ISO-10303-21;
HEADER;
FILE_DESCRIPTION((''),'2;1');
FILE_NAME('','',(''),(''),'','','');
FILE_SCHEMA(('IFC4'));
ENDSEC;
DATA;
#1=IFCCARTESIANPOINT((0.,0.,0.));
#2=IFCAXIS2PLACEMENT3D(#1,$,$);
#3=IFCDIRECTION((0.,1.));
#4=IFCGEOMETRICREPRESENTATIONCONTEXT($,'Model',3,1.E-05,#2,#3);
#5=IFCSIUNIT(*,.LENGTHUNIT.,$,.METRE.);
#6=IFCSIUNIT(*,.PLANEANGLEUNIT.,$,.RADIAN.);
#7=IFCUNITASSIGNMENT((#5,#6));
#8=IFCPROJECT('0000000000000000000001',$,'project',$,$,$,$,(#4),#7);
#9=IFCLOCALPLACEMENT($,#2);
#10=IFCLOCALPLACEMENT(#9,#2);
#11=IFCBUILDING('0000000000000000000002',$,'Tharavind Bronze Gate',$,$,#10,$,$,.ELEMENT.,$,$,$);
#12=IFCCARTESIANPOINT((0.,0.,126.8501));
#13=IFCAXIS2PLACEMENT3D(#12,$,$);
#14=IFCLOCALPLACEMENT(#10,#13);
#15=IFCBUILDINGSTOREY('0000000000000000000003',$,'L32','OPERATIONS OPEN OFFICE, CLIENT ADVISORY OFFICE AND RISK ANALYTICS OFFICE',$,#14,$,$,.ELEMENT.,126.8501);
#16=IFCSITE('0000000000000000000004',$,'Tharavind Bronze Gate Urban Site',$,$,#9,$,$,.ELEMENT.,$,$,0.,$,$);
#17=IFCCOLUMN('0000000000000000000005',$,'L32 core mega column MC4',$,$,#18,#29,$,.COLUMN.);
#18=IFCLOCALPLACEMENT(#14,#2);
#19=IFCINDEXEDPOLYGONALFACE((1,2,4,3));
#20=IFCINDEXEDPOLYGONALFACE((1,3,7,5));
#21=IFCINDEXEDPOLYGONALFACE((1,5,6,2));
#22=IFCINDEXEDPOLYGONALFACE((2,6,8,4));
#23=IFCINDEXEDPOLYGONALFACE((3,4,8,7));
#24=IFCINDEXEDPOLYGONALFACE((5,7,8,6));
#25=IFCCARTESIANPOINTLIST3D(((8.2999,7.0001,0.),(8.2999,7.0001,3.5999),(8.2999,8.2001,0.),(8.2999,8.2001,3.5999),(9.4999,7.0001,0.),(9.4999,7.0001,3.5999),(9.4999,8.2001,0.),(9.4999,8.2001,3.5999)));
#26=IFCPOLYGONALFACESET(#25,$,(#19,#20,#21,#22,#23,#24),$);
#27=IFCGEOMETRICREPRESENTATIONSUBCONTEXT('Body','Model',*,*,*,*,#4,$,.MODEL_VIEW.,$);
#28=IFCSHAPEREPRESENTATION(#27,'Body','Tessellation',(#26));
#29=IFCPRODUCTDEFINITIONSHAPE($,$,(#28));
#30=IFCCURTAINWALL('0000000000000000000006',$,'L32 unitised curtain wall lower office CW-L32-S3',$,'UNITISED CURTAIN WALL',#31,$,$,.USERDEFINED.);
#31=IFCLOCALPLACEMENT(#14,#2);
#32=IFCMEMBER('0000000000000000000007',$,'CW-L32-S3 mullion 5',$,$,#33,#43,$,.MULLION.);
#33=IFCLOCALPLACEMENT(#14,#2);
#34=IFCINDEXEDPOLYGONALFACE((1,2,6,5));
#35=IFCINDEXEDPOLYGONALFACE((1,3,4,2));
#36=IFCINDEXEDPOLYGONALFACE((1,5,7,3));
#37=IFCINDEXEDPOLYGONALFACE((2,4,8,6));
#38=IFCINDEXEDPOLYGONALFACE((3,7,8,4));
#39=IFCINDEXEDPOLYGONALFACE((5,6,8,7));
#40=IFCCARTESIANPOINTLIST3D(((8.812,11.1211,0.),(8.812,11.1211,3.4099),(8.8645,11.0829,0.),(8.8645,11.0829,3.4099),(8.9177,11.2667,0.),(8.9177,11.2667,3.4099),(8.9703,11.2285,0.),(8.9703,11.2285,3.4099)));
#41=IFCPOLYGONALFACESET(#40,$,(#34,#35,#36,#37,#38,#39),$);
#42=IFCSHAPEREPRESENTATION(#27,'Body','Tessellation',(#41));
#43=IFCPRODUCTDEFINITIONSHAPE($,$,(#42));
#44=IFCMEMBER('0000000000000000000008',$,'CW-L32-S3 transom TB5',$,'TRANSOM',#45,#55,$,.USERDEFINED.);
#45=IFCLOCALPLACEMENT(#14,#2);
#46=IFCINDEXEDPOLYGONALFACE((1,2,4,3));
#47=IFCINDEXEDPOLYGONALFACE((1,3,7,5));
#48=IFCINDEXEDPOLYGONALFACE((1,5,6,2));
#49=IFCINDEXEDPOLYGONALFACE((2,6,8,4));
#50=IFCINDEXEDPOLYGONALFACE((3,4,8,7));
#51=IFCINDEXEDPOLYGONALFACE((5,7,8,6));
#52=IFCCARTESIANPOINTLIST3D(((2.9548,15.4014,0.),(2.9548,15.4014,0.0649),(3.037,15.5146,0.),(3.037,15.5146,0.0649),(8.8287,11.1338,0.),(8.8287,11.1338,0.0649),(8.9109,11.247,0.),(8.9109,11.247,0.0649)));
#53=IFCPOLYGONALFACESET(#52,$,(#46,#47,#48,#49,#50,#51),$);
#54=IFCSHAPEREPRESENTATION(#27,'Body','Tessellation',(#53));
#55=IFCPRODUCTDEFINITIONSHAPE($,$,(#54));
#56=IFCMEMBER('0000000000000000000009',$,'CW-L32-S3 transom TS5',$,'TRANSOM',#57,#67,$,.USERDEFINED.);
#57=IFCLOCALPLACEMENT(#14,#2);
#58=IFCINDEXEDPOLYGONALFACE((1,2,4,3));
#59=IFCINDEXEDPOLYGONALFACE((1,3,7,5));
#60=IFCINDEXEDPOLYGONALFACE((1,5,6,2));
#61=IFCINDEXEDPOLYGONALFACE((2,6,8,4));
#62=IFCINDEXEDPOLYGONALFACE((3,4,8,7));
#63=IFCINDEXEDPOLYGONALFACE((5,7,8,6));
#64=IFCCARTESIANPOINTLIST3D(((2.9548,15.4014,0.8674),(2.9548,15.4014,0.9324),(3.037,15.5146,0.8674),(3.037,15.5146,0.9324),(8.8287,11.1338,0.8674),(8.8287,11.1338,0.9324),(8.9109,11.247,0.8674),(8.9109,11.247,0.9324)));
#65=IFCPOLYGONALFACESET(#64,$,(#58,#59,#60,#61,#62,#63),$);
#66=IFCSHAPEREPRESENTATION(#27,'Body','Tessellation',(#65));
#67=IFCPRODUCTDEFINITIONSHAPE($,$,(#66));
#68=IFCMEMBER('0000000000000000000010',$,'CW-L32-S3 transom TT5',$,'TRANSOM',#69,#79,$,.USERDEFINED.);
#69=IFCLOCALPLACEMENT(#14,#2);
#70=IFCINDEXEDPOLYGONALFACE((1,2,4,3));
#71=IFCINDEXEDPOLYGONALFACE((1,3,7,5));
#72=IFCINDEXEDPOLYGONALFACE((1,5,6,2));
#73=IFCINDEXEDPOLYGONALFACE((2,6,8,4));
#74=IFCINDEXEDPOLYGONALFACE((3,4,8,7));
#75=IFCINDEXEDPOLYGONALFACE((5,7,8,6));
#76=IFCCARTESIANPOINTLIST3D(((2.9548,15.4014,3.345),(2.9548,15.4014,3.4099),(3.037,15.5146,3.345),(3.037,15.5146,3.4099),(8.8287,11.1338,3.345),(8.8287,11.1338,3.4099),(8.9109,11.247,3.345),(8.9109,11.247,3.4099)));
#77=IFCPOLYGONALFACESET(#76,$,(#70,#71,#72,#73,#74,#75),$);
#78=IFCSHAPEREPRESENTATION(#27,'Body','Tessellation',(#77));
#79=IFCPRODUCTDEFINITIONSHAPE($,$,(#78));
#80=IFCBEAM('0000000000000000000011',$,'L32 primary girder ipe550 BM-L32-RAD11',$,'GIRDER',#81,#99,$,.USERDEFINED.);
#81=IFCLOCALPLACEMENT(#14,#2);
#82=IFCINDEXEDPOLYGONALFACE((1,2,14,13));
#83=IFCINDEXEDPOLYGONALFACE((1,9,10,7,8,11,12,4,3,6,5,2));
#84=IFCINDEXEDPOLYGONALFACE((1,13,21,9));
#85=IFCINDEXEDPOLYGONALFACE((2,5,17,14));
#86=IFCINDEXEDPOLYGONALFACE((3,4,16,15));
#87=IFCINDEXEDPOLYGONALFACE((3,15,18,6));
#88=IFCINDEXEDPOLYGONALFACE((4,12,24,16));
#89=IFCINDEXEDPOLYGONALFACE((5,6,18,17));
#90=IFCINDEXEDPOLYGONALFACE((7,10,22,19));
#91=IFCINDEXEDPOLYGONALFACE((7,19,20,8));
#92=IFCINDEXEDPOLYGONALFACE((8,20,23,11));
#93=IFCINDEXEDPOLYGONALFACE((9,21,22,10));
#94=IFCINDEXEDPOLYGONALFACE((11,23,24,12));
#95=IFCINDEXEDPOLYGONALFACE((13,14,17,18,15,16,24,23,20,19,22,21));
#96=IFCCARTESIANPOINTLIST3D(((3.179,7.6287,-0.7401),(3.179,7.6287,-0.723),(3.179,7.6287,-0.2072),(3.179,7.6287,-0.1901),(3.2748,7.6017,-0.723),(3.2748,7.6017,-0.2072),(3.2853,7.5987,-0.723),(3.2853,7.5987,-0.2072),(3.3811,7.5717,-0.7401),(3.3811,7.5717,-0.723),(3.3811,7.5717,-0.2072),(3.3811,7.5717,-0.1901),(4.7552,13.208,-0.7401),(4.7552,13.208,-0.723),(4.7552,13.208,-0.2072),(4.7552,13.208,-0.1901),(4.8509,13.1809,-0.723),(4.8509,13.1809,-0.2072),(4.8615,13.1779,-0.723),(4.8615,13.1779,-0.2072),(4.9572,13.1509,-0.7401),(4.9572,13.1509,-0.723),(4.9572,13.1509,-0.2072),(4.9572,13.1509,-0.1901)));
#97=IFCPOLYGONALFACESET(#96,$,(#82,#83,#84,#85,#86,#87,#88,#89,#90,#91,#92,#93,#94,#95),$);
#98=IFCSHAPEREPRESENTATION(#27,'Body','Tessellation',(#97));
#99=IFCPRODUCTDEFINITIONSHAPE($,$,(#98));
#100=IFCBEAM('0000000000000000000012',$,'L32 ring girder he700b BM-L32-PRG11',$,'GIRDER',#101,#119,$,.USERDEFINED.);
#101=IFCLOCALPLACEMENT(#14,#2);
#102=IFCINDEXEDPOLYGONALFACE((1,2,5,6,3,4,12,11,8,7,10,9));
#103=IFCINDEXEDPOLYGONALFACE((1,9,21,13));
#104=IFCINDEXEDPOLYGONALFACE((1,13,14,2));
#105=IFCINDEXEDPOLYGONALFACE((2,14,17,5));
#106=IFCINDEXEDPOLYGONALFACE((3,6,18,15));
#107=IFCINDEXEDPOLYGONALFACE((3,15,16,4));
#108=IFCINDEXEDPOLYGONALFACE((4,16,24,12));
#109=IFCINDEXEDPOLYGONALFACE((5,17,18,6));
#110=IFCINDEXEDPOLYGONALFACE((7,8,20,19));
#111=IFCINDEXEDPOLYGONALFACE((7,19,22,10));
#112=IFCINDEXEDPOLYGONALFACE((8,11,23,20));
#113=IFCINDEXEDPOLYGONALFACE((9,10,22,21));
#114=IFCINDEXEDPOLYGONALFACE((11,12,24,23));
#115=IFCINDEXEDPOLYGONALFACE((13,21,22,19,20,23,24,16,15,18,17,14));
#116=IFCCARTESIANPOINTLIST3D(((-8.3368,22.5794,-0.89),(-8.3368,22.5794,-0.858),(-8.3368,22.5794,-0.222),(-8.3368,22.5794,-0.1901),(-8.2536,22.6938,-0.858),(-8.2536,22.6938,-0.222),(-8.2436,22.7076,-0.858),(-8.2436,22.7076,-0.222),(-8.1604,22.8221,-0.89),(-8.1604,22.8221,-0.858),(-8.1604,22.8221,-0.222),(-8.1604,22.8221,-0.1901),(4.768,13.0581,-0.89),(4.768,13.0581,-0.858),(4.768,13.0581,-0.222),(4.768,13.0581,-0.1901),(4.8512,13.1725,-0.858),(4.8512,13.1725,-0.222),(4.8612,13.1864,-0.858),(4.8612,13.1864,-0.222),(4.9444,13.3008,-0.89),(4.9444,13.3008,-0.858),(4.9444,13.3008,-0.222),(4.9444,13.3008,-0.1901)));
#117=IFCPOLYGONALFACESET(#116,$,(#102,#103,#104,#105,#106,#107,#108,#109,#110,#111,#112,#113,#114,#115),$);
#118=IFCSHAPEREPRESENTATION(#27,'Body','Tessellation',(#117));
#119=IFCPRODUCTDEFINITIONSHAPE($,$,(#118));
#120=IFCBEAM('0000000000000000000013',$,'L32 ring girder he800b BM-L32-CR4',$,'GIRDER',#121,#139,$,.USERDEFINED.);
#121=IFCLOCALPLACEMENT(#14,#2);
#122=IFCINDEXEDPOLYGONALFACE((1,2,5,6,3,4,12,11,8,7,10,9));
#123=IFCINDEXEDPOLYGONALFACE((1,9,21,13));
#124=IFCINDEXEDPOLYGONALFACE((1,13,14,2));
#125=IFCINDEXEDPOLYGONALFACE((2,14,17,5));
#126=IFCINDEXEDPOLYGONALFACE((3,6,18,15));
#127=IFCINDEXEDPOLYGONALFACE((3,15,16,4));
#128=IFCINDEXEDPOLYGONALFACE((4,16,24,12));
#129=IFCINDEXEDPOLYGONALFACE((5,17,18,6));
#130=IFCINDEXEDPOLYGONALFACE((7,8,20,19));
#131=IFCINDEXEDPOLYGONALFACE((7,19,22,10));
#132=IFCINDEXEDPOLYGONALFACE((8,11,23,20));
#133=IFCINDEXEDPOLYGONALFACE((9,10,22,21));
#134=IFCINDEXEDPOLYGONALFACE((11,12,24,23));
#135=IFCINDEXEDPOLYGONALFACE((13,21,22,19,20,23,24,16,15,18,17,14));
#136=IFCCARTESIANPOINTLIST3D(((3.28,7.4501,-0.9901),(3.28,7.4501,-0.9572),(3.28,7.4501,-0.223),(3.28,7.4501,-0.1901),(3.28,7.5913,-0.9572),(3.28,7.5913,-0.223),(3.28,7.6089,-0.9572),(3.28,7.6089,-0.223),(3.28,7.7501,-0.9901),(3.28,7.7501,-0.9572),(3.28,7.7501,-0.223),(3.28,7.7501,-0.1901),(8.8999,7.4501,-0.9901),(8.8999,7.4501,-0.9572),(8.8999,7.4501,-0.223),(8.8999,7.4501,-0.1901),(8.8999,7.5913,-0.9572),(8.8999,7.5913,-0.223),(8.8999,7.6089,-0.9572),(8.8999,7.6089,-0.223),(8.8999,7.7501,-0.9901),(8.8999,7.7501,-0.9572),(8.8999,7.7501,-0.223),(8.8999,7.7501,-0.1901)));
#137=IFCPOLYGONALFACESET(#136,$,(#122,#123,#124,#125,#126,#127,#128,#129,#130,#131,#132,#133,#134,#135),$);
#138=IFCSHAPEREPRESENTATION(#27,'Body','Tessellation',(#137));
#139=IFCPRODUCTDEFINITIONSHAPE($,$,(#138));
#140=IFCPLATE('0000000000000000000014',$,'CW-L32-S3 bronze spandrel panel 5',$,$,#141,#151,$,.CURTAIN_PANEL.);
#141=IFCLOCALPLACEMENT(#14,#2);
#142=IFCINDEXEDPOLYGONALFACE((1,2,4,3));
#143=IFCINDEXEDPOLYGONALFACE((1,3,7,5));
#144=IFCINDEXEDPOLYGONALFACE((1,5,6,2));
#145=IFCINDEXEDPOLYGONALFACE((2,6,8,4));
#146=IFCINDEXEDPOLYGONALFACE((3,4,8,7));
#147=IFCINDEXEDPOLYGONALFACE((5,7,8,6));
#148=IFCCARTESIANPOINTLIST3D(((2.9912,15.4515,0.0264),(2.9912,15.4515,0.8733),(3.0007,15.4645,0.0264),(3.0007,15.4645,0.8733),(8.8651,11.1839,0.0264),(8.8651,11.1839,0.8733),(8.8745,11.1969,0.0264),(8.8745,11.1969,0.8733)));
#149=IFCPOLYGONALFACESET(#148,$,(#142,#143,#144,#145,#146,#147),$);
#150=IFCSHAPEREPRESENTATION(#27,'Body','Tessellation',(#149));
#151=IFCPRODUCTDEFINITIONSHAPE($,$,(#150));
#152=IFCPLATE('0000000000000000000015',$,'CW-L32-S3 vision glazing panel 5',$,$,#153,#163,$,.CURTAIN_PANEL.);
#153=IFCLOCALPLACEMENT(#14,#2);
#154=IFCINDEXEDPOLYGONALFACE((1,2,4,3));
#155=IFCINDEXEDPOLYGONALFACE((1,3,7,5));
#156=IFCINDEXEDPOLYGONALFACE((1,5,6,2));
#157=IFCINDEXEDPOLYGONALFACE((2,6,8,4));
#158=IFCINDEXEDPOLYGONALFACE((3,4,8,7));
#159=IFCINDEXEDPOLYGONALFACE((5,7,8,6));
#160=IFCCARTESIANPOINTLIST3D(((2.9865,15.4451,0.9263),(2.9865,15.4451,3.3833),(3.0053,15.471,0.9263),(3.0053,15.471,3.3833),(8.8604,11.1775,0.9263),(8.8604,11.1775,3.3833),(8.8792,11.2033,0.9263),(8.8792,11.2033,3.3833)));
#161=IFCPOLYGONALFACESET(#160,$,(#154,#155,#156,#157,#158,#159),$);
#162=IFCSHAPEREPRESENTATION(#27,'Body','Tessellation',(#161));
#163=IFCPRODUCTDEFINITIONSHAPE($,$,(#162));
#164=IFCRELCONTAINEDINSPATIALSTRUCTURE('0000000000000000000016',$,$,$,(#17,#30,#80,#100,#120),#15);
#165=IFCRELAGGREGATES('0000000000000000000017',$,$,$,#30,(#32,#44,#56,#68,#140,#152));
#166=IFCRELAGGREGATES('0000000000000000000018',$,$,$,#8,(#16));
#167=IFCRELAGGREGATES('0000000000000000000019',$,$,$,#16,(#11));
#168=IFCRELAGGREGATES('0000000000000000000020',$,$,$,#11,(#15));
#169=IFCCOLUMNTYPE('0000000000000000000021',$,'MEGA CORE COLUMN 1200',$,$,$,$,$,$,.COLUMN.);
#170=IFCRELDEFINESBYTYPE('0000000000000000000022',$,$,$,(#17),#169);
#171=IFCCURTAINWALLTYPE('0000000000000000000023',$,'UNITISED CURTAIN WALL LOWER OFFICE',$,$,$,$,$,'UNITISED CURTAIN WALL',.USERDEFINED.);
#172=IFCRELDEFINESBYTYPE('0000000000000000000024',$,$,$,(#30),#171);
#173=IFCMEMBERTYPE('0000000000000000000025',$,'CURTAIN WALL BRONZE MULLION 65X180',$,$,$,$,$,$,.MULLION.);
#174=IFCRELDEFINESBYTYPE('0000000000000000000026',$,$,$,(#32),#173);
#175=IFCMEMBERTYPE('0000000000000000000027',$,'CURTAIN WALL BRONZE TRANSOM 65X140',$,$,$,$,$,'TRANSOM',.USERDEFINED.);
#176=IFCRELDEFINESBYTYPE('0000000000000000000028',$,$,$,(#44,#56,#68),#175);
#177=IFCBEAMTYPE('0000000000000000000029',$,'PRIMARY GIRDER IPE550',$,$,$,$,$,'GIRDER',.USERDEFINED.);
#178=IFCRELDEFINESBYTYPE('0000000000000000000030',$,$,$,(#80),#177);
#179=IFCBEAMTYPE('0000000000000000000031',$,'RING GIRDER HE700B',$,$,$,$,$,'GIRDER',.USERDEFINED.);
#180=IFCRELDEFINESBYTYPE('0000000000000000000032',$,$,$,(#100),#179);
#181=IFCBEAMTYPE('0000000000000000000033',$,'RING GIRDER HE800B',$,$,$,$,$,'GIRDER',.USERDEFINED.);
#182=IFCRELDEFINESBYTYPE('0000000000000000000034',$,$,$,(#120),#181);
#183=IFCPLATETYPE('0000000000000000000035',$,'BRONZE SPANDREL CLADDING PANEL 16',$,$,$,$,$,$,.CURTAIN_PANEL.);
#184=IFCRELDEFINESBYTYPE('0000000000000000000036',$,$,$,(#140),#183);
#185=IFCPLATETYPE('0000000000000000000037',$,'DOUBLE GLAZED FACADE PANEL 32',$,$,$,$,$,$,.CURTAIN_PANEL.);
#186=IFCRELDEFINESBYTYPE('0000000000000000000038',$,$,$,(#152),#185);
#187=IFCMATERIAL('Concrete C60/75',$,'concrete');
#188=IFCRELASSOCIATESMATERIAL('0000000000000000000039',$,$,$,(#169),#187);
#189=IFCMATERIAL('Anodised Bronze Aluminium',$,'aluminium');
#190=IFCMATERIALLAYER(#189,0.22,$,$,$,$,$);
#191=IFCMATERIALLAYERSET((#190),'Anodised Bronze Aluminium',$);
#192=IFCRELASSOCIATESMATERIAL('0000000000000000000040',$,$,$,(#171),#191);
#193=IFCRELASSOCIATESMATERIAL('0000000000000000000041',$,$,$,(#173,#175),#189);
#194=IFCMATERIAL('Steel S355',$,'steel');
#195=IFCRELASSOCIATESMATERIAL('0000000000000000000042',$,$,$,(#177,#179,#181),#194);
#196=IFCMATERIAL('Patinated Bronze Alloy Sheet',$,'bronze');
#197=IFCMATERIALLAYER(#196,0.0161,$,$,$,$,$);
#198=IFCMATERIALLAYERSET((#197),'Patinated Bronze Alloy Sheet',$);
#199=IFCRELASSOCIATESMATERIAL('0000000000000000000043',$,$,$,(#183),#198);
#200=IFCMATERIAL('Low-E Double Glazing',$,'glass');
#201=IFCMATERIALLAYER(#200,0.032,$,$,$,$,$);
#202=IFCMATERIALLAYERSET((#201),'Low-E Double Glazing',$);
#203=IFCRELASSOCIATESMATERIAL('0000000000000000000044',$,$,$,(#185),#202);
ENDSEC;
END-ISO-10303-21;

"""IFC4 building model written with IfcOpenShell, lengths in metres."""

from ifc_helpers import new_model, si_unit, direction, frame, origin, origin_2d, place, context, subcontext, project, spatial, rectangle, i_section, extrude, material, layer, layer_set, material_profile, profile_set, type_object, element, aggregate, save


model = new_model("IFC4")

# Units and contexts
model_context = context("Model", 3, precision=1e-05, world=origin(), true_north=direction((0.0, 1.0)))
body_context = subcontext(model_context, "Body", "Model", "MODEL_VIEW")
ifc_project = project(units=[si_unit("LENGTHUNIT", "METRE"), si_unit("PLANEANGLEUNIT", "RADIAN")], contexts=[model_context])

# Site, building, storey
site_placement = place(None, origin())
site = spatial("IfcSite", under=ifc_project, at=site_placement, Name="Tharavind Bronze Gate Urban Site", CompositionType="ELEMENT", RefElevation=0.0)
building_placement = place(site_placement, origin())
building = spatial("IfcBuilding", under=site, at=building_placement, Name="Tharavind Bronze Gate", CompositionType="ELEMENT")
storey_placement = place(building_placement, frame((0.0, 0.0, 126.8501)))
storey = spatial("IfcBuildingStorey", under=building, at=storey_placement, Name="L32", Description="OPERATIONS OPEN OFFICE, CLIENT ADVISORY OFFICE AND RISK ANALYTICS OFFICE", CompositionType="ELEMENT", Elevation=126.8501)

# Column
ifc_material_1 = material(Name="Concrete C60/75", Category="concrete")
ifc_material_profile_1 = material_profile(ifc_material_1, rectangle(XDim=1.2, YDim=1.2, at=origin_2d()), Name="RCCOL1200")
ifc_profile_set_1 = profile_set([ifc_material_profile_1], Name="Concrete C60/75")
column_type = type_object("IfcColumnType", Name="MEGA CORE COLUMN 1200", PredefinedType="COLUMN", material=ifc_profile_set_1)
column_placement = place(storey_placement, frame((8.8999, 7.6001, 0.0), z_axis=(0.0, 0.0, 1.0), x_axis=(1.0, 0.0, 0.0)))
element("IfcColumn", 1, at=column_placement, inside=storey, type_object=column_type, Name="L32 core mega column MC4", PredefinedType="COLUMN", context=body_context, shape_type="SweptSolid", body=[
    extrude(rectangle(XDim=1.2, YDim=1.2, at=origin_2d()), origin(), (0.0, 0.0, 1.0), 3.5999),
])

# Curtain wall, members
ifc_material_2 = material(Name="Anodised Bronze Aluminium", Category="aluminium")
ifc_layer_1 = layer(ifc_material_2, 0.22)
ifc_layer_set_1 = layer_set([ifc_layer_1], Name="Anodised Bronze Aluminium")
curtain_wall_type = type_object("IfcCurtainWallType", Name="UNITISED CURTAIN WALL LOWER OFFICE", ElementType="UNITISED CURTAIN WALL", PredefinedType="USERDEFINED", material=ifc_layer_set_1)
curtain_wall_placement = place(storey_placement, origin())
curtain_wall = element("IfcCurtainWall", 2, at=curtain_wall_placement, inside=storey, type_object=curtain_wall_type, Name="L32 unitised curtain wall lower office CW-L32-S3", ObjectType="UNITISED CURTAIN WALL", PredefinedType="USERDEFINED")
member_type_1 = type_object("IfcMemberType", Name="CURTAIN WALL BRONZE MULLION 65X180", PredefinedType="MULLION", material=ifc_material_2)
member_1_placement = place(storey_placement, frame((8.8911, 11.1748, 0.0), z_axis=(0.0, 0.0, 1.0), x_axis=(-0.809017, 0.587785, 0.0)))
member_1 = element("IfcMember", 3, at=member_1_placement, type_object=member_type_1, Name="CW-L32-S3 mullion 5", PredefinedType="MULLION", context=body_context, shape_type="SweptSolid", body=[
    extrude(rectangle(XDim=0.0649, YDim=0.1799, at=origin_2d()), origin(), (0.0, 0.0, 1.0), 3.4099),
])
member_type_2 = type_object("IfcMemberType", Name="CURTAIN WALL BRONZE TRANSOM 65X140", ElementType="TRANSOM", PredefinedType="USERDEFINED", material=ifc_material_2)
member_2_placement = place(storey_placement, frame((5.9329, 13.3242, 0.0), z_axis=(0.0, 0.0, 1.0), x_axis=(-0.809017, 0.587785, 0.0)))
member_2 = element("IfcMember", 4, at=member_2_placement, type_object=member_type_2, Name="CW-L32-S3 transom TB5", ObjectType="TRANSOM", PredefinedType="USERDEFINED", context=body_context, shape_type="SweptSolid", body=[
    extrude(rectangle(XDim=7.2605, YDim=0.1399, at=origin_2d()), origin(), (0.0, 0.0, 1.0), 0.0649),
])
member_3_placement = place(storey_placement, frame((5.9329, 13.3242, 0.8674), z_axis=(0.0, 0.0, 1.0), x_axis=(-0.809017, 0.587785, 0.0)))
member_3 = element("IfcMember", 5, at=member_3_placement, type_object=member_type_2, Name="CW-L32-S3 transom TS5", ObjectType="TRANSOM", PredefinedType="USERDEFINED", context=body_context, shape_type="SweptSolid", body=[
    extrude(rectangle(XDim=7.2605, YDim=0.1399, at=origin_2d()), origin(), (0.0, 0.0, 1.0), 0.0649),
])
member_4_placement = place(storey_placement, frame((5.9329, 13.3242, 3.345), z_axis=(0.0, 0.0, 1.0), x_axis=(-0.809017, 0.587785, 0.0)))
member_4 = element("IfcMember", 6, at=member_4_placement, type_object=member_type_2, Name="CW-L32-S3 transom TT5", ObjectType="TRANSOM", PredefinedType="USERDEFINED", context=body_context, shape_type="SweptSolid", body=[
    extrude(rectangle(XDim=7.2605, YDim=0.1399, at=origin_2d()), origin(), (0.0, 0.0, 1.0), 0.0649),
])

# Beams
ifc_material_3 = material(Name="Steel S355", Category="steel")
ifc_material_profile_2 = material_profile(ifc_material_3, i_section(OverallWidth=0.21, OverallDepth=0.55, WebThickness=0.011, FlangeThickness=0.0171, at=origin_2d()), Name="IPE550")
ifc_profile_set_2 = profile_set([ifc_material_profile_2], Name="Steel S355")
beam_type_1 = type_object("IfcBeamType", Name="PRIMARY GIRDER IPE550", ElementType="GIRDER", PredefinedType="USERDEFINED", material=ifc_profile_set_2)
beam_1_placement = place(storey_placement, frame((4.8562, 13.1794, -0.4651), z_axis=(-0.271861, -0.962336, 0.0), x_axis=(0.962336, -0.271861, 0.0)))
element("IfcBeam", 7, at=beam_1_placement, inside=storey, type_object=beam_type_1, Name="L32 primary girder ipe550 BM-L32-RAD11", ObjectType="GIRDER", PredefinedType="USERDEFINED", context=body_context, shape_type="SweptSolid", body=[
    extrude(i_section(OverallWidth=0.21, OverallDepth=0.55, WebThickness=0.011, FlangeThickness=0.0171, at=origin_2d()), origin(), (0.0, 0.0, 1.0), 5.7976),
])
ifc_material_profile_3 = material_profile(ifc_material_3, i_section(OverallWidth=0.3, OverallDepth=0.7, WebThickness=0.0171, FlangeThickness=0.032, at=origin_2d()), Name="HE700B")
ifc_profile_set_3 = profile_set([ifc_material_profile_3], Name="Steel S355")
beam_type_2 = type_object("IfcBeamType", Name="RING GIRDER HE700B", ElementType="GIRDER", PredefinedType="USERDEFINED", material=ifc_profile_set_3)
beam_2_placement = place(storey_placement, frame((4.8562, 13.1794, -0.54), z_axis=(-0.809014, 0.587789, 0.0), x_axis=(-0.587789, -0.809014, 0.0)))
element("IfcBeam", 8, at=beam_2_placement, inside=storey, type_object=beam_type_2, Name="L32 ring girder he700b BM-L32-PRG11", ObjectType="GIRDER", PredefinedType="USERDEFINED", context=body_context, shape_type="SweptSolid", body=[
    extrude(i_section(OverallWidth=0.3, OverallDepth=0.7, WebThickness=0.0171, FlangeThickness=0.032, at=origin_2d()), origin(), (0.0, 0.0, 1.0), 16.1985),
])
ifc_material_profile_4 = material_profile(ifc_material_3, i_section(OverallWidth=0.3, OverallDepth=0.8, WebThickness=0.0176, FlangeThickness=0.033, at=origin_2d()), Name="HE800B")
ifc_profile_set_4 = profile_set([ifc_material_profile_4], Name="Steel S355")
beam_type_3 = type_object("IfcBeamType", Name="RING GIRDER HE800B", ElementType="GIRDER", PredefinedType="USERDEFINED", material=ifc_profile_set_4)
beam_3_placement = place(storey_placement, frame((8.8999, 7.6001, -0.5901), z_axis=(-1.0, 0.0, 0.0), x_axis=(0.0, -1.0, 0.0)))
element("IfcBeam", 9, at=beam_3_placement, inside=storey, type_object=beam_type_3, Name="L32 ring girder he800b BM-L32-CR4", ObjectType="GIRDER", PredefinedType="USERDEFINED", context=body_context, shape_type="SweptSolid", body=[
    extrude(i_section(OverallWidth=0.3, OverallDepth=0.8, WebThickness=0.0176, FlangeThickness=0.033, at=origin_2d()), origin(), (0.0, 0.0, 1.0), 5.6199),
])

# Plates
ifc_material_4 = material(Name="Patinated Bronze Alloy Sheet", Category="bronze")
ifc_layer_2 = layer(ifc_material_4, 0.0161)
ifc_layer_set_2 = layer_set([ifc_layer_2], Name="Patinated Bronze Alloy Sheet")
plate_type_1 = type_object("IfcPlateType", Name="BRONZE SPANDREL CLADDING PANEL 16", PredefinedType="CURTAIN_PANEL", material=ifc_layer_set_2)
plate_1_placement = place(storey_placement, frame((5.9329, 13.3242, 0.0264), z_axis=(0.0, 0.0, 1.0), x_axis=(-0.809017, 0.587785, 0.0)))
plate_1 = element("IfcPlate", 10, at=plate_1_placement, type_object=plate_type_1, Name="CW-L32-S3 bronze spandrel panel 5", PredefinedType="CURTAIN_PANEL", context=body_context, shape_type="SweptSolid", body=[
    extrude(rectangle(XDim=7.2605, YDim=0.0161, at=origin_2d()), origin(), (0.0, 0.0, 1.0), 0.8469),
])
ifc_material_5 = material(Name="Low-E Double Glazing", Category="glass")
ifc_layer_3 = layer(ifc_material_5, 0.032)
ifc_layer_set_3 = layer_set([ifc_layer_3], Name="Low-E Double Glazing")
plate_type_2 = type_object("IfcPlateType", Name="DOUBLE GLAZED FACADE PANEL 32", PredefinedType="CURTAIN_PANEL", material=ifc_layer_set_3)
plate_2_placement = place(storey_placement, frame((5.9329, 13.3242, 0.9263), z_axis=(0.0, 0.0, 1.0), x_axis=(-0.809017, 0.587785, 0.0)))
plate_2 = element("IfcPlate", 11, at=plate_2_placement, type_object=plate_type_2, Name="CW-L32-S3 vision glazing panel 5", PredefinedType="CURTAIN_PANEL", context=body_context, shape_type="SweptSolid", body=[
    extrude(rectangle(XDim=7.2605, YDim=0.032, at=origin_2d()), origin(), (0.0, 0.0, 1.0), 2.457),
])
aggregate(curtain_wall, [member_1, member_2, member_3, member_4, plate_1, plate_2])

save(model, "model.ifc")
